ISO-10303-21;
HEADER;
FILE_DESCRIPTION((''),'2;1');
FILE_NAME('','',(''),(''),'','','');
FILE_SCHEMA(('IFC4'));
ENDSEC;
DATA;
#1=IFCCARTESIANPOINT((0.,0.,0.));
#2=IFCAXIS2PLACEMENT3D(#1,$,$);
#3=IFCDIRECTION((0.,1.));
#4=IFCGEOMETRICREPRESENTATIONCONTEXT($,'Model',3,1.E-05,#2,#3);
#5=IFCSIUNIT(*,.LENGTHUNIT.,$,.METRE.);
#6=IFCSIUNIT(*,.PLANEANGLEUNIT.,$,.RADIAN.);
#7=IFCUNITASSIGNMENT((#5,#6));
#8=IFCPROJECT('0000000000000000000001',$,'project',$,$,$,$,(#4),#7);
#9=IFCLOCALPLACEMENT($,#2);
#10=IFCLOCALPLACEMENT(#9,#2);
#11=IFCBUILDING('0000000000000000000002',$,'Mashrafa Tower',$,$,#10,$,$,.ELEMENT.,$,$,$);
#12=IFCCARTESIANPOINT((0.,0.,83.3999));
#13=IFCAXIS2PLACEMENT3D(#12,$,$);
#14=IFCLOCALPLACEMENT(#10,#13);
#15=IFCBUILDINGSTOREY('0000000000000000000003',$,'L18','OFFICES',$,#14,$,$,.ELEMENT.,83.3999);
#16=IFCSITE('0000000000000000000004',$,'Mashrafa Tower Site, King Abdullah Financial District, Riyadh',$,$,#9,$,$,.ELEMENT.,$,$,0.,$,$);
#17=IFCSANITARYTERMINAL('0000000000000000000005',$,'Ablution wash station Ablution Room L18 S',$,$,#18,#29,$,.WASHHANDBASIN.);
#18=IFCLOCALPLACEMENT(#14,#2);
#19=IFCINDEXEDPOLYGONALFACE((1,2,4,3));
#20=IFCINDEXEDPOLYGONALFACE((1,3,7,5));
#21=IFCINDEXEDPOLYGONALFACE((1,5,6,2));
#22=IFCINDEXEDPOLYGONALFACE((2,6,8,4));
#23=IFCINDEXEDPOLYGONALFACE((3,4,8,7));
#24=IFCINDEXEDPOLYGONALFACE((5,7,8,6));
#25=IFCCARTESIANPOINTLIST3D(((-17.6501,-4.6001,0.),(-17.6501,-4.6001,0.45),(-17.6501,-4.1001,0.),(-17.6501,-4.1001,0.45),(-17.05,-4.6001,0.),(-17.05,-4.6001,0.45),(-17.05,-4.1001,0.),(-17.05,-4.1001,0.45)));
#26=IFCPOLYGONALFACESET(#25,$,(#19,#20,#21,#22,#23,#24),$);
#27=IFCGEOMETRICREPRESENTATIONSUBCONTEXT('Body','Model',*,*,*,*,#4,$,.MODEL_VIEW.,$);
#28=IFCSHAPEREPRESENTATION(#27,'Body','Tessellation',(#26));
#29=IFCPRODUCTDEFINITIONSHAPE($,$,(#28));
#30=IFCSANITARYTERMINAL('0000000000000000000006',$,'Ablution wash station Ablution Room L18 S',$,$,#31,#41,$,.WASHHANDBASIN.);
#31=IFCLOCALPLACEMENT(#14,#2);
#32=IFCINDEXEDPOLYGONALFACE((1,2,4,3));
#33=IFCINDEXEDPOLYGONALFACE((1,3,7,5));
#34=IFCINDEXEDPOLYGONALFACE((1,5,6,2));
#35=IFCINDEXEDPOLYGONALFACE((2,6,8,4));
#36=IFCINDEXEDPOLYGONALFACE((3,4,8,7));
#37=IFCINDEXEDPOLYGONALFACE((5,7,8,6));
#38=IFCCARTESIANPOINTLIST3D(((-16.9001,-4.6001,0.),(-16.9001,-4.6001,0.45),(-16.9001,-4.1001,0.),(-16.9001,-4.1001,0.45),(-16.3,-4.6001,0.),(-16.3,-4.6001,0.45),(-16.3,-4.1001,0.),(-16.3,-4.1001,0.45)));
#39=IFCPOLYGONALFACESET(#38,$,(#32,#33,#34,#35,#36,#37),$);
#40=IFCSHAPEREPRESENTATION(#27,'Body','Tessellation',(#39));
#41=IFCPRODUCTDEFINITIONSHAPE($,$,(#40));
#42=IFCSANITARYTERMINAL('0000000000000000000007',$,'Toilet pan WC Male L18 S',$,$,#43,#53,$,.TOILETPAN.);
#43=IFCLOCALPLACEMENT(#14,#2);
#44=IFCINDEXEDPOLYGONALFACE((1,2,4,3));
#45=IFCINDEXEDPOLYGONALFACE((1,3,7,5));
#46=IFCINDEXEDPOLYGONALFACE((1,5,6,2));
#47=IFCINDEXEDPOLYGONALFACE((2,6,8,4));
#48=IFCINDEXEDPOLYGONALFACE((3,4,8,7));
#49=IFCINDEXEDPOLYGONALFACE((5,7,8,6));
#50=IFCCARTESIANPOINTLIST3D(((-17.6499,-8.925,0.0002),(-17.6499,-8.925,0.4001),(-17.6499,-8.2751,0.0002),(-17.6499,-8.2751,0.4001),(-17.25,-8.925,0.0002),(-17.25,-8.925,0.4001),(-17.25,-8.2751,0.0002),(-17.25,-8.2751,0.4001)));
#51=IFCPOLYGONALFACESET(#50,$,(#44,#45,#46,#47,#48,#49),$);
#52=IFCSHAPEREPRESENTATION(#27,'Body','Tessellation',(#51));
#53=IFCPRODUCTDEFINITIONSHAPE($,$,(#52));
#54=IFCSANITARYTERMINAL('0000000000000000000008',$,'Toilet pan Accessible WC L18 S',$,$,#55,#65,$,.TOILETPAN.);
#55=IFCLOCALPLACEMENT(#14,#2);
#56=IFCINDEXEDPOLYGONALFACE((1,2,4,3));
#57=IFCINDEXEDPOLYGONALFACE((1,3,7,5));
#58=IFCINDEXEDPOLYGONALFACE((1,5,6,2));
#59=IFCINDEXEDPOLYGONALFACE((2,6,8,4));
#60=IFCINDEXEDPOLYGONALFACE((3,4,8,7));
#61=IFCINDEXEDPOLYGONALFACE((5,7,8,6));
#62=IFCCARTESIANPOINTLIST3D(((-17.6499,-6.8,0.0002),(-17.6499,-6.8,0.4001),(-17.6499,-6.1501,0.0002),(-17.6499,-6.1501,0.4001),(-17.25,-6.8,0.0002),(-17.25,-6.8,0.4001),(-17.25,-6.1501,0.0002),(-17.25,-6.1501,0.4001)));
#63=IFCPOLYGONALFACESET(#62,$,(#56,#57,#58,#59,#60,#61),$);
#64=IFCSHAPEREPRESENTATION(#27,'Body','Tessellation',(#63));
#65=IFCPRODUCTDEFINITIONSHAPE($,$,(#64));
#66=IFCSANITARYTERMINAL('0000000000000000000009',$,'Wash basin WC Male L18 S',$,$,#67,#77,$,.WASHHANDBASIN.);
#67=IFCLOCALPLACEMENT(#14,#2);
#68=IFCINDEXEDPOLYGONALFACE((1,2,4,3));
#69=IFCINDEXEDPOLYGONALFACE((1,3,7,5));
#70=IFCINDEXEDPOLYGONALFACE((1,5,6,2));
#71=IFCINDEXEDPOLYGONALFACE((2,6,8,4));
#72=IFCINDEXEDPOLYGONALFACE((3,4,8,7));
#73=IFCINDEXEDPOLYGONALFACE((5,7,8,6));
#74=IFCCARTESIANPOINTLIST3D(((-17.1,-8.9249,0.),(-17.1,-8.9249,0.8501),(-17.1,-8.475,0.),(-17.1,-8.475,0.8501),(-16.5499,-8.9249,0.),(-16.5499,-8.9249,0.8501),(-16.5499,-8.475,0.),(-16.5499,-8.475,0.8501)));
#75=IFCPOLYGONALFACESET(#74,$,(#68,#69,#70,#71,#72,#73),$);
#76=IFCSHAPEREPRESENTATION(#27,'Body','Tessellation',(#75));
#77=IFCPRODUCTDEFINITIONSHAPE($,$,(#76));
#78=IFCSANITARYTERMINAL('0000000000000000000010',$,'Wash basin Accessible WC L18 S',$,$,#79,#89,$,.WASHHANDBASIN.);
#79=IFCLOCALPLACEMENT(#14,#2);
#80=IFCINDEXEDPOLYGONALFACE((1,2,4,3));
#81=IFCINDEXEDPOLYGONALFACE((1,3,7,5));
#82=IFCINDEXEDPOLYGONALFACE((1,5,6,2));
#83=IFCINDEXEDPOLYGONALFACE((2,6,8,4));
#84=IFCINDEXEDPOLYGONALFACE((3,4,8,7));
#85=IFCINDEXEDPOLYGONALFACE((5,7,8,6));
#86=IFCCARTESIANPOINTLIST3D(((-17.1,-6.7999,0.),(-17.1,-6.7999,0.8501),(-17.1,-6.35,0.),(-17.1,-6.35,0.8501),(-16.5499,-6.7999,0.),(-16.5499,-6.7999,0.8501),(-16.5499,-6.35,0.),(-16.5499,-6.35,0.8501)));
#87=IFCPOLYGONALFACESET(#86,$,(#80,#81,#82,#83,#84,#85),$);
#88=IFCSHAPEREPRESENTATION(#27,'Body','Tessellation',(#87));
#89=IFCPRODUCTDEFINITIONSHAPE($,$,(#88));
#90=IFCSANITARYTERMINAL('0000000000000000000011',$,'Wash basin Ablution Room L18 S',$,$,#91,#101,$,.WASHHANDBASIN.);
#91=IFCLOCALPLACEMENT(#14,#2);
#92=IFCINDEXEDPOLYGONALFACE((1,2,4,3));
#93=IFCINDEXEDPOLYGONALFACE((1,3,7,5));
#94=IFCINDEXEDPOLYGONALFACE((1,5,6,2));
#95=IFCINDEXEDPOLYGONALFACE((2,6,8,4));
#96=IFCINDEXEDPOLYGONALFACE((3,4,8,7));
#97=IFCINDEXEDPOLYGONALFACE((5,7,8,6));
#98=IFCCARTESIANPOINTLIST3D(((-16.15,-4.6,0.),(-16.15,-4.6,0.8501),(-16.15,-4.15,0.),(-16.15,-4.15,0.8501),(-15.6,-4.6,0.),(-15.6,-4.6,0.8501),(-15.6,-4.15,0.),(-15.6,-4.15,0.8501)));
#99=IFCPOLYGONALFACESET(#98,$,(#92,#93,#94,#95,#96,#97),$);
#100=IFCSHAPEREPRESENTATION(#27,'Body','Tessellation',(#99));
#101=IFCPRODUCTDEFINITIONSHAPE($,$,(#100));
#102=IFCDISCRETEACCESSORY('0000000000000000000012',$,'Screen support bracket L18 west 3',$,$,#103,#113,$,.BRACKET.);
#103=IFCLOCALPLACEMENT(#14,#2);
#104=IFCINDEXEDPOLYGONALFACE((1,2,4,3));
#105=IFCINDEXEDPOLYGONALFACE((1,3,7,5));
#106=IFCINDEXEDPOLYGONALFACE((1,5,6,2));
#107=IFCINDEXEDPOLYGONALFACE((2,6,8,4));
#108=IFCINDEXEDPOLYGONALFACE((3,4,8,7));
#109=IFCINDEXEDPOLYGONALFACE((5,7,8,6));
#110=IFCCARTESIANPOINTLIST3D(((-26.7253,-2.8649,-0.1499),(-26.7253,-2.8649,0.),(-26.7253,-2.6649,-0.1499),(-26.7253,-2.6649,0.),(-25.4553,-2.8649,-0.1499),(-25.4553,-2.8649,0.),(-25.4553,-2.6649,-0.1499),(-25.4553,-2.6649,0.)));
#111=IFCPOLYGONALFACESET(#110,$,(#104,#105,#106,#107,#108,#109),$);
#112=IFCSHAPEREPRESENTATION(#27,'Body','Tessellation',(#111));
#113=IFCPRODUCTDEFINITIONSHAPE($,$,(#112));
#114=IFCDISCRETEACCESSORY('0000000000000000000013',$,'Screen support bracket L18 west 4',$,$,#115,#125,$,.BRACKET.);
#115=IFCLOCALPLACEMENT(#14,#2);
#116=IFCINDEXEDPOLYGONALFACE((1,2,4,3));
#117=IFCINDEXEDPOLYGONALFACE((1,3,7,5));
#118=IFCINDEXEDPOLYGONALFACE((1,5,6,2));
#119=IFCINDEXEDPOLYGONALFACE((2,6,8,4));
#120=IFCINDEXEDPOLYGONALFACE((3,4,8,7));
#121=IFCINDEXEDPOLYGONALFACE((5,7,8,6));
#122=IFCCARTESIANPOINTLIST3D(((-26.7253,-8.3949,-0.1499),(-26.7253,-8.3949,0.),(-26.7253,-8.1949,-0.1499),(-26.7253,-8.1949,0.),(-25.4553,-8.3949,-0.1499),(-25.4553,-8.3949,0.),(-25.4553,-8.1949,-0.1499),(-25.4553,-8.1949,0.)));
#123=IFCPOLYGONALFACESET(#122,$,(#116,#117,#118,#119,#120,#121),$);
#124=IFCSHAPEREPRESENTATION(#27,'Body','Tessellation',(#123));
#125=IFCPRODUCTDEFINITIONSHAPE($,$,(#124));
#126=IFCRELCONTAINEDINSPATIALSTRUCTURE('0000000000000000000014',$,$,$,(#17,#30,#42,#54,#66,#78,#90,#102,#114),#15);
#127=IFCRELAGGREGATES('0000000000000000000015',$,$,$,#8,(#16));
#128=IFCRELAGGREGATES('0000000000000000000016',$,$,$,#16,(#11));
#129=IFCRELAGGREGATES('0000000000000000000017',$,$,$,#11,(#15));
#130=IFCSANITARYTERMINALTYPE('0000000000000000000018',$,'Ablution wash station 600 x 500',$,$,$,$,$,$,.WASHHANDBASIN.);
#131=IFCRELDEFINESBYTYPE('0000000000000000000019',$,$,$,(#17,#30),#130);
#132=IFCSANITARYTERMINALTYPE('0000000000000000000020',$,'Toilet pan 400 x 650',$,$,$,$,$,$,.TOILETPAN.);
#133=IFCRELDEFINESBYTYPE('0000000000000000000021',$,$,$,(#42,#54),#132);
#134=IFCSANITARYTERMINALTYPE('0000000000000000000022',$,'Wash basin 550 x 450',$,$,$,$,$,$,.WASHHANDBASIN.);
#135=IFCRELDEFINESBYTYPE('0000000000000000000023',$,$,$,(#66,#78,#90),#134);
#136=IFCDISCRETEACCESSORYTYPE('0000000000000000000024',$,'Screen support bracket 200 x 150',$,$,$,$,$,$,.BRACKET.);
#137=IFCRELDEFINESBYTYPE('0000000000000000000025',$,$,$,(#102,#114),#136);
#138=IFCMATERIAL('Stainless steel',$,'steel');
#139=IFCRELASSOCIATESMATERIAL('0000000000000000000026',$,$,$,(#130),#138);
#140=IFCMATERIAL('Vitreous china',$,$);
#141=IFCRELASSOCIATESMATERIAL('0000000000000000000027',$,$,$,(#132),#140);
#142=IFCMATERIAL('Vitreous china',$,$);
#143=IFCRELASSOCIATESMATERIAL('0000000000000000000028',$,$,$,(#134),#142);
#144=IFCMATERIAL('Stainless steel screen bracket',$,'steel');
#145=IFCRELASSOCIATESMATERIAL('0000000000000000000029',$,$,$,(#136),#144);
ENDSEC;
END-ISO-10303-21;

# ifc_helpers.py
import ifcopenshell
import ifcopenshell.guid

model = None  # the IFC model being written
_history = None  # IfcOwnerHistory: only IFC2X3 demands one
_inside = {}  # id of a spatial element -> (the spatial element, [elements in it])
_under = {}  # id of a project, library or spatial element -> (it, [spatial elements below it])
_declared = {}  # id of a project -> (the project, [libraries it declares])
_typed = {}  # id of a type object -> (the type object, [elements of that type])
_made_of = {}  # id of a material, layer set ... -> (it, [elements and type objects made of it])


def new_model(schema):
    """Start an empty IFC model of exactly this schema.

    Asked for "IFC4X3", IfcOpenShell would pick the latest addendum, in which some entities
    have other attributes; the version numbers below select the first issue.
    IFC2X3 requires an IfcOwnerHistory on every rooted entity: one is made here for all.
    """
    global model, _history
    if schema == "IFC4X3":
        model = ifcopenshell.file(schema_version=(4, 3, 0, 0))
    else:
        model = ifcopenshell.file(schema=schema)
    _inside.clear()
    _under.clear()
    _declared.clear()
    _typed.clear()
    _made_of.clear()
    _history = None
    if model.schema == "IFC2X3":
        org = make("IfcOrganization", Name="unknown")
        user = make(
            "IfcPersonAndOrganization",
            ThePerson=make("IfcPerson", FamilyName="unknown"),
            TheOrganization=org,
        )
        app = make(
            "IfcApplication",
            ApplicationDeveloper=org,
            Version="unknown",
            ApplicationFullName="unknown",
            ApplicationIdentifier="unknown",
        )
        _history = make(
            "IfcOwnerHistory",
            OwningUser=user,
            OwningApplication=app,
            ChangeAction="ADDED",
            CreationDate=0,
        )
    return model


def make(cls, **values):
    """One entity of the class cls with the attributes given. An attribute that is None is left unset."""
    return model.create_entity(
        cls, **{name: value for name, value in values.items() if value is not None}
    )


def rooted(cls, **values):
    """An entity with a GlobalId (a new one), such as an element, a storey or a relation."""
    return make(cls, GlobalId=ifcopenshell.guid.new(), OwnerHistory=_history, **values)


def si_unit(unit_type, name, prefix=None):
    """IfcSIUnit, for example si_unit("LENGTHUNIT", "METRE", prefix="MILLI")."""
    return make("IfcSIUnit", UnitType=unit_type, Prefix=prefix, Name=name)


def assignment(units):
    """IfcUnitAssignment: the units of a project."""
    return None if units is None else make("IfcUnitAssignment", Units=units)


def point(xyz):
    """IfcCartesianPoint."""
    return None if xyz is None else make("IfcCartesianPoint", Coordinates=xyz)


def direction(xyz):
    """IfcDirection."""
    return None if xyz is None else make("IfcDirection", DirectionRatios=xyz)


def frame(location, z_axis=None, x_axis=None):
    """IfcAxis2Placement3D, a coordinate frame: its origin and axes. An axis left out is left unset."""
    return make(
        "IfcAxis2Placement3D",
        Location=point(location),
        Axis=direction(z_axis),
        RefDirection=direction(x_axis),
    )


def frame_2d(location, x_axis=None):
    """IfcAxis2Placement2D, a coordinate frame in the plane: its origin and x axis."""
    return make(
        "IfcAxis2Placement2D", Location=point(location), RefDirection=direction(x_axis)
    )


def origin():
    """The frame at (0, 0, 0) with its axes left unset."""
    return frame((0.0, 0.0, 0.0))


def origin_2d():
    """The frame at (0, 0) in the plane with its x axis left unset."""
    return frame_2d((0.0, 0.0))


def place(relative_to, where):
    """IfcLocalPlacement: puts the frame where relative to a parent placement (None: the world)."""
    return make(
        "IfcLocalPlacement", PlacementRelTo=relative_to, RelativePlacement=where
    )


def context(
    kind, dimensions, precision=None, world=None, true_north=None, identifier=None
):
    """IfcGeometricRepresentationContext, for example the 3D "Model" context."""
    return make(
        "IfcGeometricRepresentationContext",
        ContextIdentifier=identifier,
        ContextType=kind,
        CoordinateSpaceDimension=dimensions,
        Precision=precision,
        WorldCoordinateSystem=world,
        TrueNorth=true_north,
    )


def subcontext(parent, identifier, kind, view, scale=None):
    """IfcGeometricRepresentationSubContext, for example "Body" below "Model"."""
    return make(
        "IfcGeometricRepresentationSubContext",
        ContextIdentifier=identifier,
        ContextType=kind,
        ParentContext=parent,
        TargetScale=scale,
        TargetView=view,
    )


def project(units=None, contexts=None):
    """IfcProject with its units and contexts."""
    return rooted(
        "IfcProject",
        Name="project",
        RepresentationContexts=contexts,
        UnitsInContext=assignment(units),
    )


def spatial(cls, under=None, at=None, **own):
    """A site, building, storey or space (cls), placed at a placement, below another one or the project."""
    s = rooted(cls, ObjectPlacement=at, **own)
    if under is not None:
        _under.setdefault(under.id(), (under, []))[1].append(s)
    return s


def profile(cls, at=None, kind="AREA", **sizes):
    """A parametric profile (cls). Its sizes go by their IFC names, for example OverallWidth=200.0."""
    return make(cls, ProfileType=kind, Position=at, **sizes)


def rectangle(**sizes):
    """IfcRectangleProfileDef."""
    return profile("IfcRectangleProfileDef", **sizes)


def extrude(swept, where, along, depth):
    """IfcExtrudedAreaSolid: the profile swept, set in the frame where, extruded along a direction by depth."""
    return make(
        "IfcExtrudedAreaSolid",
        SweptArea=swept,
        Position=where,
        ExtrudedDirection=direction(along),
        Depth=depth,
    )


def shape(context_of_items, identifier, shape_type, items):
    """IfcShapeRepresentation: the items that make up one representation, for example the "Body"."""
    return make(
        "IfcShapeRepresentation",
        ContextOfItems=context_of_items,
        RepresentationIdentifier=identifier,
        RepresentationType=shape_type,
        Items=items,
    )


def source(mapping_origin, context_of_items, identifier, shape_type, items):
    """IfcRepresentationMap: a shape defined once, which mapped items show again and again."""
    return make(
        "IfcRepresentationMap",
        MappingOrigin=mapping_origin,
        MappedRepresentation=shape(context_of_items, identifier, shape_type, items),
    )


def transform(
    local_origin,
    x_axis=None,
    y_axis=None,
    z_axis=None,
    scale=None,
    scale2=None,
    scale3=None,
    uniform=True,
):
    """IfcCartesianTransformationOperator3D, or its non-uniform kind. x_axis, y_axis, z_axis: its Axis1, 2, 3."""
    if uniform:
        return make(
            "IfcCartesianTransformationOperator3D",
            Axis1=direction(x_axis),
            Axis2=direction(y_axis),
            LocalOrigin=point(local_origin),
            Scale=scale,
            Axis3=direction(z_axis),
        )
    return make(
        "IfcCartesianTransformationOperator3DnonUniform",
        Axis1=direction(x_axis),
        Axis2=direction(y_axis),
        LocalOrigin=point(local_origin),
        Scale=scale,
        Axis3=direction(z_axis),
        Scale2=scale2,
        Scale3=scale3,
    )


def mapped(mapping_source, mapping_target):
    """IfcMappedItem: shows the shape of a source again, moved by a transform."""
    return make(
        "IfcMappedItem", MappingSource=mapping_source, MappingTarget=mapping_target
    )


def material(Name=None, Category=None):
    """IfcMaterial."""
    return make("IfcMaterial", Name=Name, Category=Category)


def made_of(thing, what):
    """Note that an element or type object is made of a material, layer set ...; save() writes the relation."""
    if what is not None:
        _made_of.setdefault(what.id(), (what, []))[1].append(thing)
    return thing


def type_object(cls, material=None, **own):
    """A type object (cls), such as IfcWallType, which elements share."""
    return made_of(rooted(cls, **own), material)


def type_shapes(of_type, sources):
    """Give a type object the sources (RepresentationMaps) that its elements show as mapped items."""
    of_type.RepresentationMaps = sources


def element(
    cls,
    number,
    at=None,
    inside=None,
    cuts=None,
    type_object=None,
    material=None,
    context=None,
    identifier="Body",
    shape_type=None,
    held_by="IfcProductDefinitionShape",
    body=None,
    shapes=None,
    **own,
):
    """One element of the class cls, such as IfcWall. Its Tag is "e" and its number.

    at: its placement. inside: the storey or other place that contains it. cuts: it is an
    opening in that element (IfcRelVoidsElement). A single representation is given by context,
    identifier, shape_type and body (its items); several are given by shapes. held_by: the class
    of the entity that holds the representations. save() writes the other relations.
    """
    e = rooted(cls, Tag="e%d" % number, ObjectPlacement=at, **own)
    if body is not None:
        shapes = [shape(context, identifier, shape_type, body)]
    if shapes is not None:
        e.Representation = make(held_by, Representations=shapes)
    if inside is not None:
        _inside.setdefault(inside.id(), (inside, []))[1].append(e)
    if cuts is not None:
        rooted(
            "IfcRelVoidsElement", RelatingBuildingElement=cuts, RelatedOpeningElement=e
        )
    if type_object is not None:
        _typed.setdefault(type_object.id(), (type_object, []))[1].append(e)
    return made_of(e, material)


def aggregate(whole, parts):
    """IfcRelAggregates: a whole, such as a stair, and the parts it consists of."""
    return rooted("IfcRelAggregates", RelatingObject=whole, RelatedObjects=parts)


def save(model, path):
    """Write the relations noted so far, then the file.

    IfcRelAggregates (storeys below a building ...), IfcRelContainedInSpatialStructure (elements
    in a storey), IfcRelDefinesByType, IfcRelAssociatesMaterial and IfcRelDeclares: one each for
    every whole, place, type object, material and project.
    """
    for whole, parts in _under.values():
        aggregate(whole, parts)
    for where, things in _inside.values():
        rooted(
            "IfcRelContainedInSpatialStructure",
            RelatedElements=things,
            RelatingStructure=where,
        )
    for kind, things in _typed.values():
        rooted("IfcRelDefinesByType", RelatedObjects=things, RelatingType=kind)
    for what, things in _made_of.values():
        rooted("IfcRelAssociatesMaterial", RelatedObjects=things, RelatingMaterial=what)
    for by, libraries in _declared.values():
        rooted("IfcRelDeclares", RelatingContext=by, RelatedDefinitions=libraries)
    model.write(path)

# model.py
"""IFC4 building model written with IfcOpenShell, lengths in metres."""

from ifc_helpers import new_model, si_unit, direction, frame, origin, origin_2d, place, context, subcontext, project, spatial, rectangle, extrude, source, transform, mapped, material, type_object, type_shapes, element, save


model = new_model("IFC4")

# Units and contexts
model_context = context("Model", 3, precision=1e-05, world=origin(), true_north=direction((0.0, 1.0)))
body_context = subcontext(model_context, "Body", "Model", "MODEL_VIEW")
ifc_project = project(units=[si_unit("LENGTHUNIT", "METRE"), si_unit("PLANEANGLEUNIT", "RADIAN")], contexts=[model_context])

# Site, building, storey
site_placement = place(None, origin())
site = spatial("IfcSite", under=ifc_project, at=site_placement, Name="Mashrafa Tower Site, King Abdullah Financial District, Riyadh", CompositionType="ELEMENT", RefElevation=0.0)
building_placement = place(site_placement, origin())
building = spatial("IfcBuilding", under=site, at=building_placement, Name="Mashrafa Tower", CompositionType="ELEMENT")
storey_placement = place(building_placement, frame((0.0, 0.0, 83.3999)))
storey = spatial("IfcBuildingStorey", under=building, at=storey_placement, Name="L18", Description="OFFICES", CompositionType="ELEMENT", Elevation=83.3999)

# Sanitary terminals
ifc_material_1 = material(Name="Stainless steel", Category="steel")
sanitary_terminal_type_1 = type_object("IfcSanitaryTerminalType", Name="Ablution wash station 600 x 500", PredefinedType="WASHHANDBASIN", material=ifc_material_1)
for number, where, z_axis, x_axis, name in (
    (1, (-17.3501, -4.3501, 0.0), (0.0, 0.0, 1.0), (1.0, 0.0, 0.0), "Ablution wash station Ablution Room L18 S"),
    (2, (-16.6001, -4.3501, 0.0), (0.0, 0.0, 1.0), (1.0, 0.0, 0.0), "Ablution wash station Ablution Room L18 S"),
):
    element("IfcSanitaryTerminal", number, at=place(storey_placement, frame(where, z_axis=z_axis, x_axis=x_axis)), inside=storey, type_object=sanitary_terminal_type_1, Name=name, PredefinedType="WASHHANDBASIN", context=body_context, shape_type="SweptSolid", body=[
        extrude(rectangle(XDim=0.6001, YDim=0.5, at=origin_2d()), origin(), (0.0, 0.0, 1.0), 0.45),
    ])
ifc_material_2 = material(Name="Vitreous china")
sanitary_terminal_type_2 = type_object("IfcSanitaryTerminalType", Name="Toilet pan 400 x 650", PredefinedType="TOILETPAN", material=ifc_material_2)
for number, where, z_axis, x_axis, name in (
    (3, (-17.45, -8.6001, 0.0002), (0.0, 0.0, 1.0), (1.0, 0.0, 0.0), "Toilet pan WC Male L18 S"),
    (4, (-17.45, -6.4751, 0.0002), (0.0, 0.0, 1.0), (1.0, 0.0, 0.0), "Toilet pan Accessible WC L18 S"),
):
    element("IfcSanitaryTerminal", number, at=place(storey_placement, frame(where, z_axis=z_axis, x_axis=x_axis)), inside=storey, type_object=sanitary_terminal_type_2, Name=name, PredefinedType="TOILETPAN", context=body_context, shape_type="SweptSolid", body=[
        extrude(rectangle(XDim=0.3999, YDim=0.6499, at=origin_2d()), origin(), (0.0, 0.0, 1.0), 0.3999),
    ])
ifc_material_3 = material(Name="Vitreous china")
sanitary_terminal_type_3 = type_object("IfcSanitaryTerminalType", Name="Wash basin 550 x 450", PredefinedType="WASHHANDBASIN", material=ifc_material_3)
for number, where, z_axis, x_axis, name in (
    (5, (-16.825, -8.7, 0.0), (0.0, 0.0, 1.0), (1.0, 0.0, 0.0), "Wash basin WC Male L18 S"),
    (6, (-16.825, -6.575, 0.0), (0.0, 0.0, 1.0), (1.0, 0.0, 0.0), "Wash basin Accessible WC L18 S"),
    (7, (-15.875, -4.375, 0.0), (0.0, 0.0, 1.0), (1.0, 0.0, 0.0), "Wash basin Ablution Room L18 S"),
):
    element("IfcSanitaryTerminal", number, at=place(storey_placement, frame(where, z_axis=z_axis, x_axis=x_axis)), inside=storey, type_object=sanitary_terminal_type_3, Name=name, PredefinedType="WASHHANDBASIN", context=body_context, shape_type="SweptSolid", body=[
        extrude(rectangle(XDim=0.55, YDim=0.45, at=origin_2d()), origin(), (0.0, 0.0, 1.0), 0.8501),
    ])

# Discrete accessories
ifc_material_4 = material(Name="Stainless steel screen bracket", Category="steel")
discrete_accessory_type = type_object("IfcDiscreteAccessoryType", Name="Screen support bracket 200 x 150", PredefinedType="BRACKET", material=ifc_material_4)
shared_shape_1 = source(origin(), body_context, "Body", "SweptSolid", [
    extrude(rectangle(XDim=0.2, YDim=1.27, at=origin_2d()), origin(), (0.0, 0.0, 1.0), 0.1499),
])
type_shapes(discrete_accessory_type, [shared_shape_1])
for number, where, z_axis, x_axis, name in (
    (8, (-26.0903, -2.7649, -0.1499), (0.0, 0.0, 1.0), (0.0, -1.0, 0.0), "Screen support bracket L18 west 3"),
    (9, (-26.0903, -8.2949, -0.1499), (0.0, 0.0, 1.0), (0.0, -1.0, 0.0), "Screen support bracket L18 west 4"),
):
    element("IfcDiscreteAccessory", number, at=place(storey_placement, frame(where, z_axis=z_axis, x_axis=x_axis)), inside=storey, type_object=discrete_accessory_type, Name=name, PredefinedType="BRACKET", context=body_context, shape_type="MappedRepresentation", body=[
        mapped(shared_shape_1, transform((0.0, 0.0, 0.0))),
    ])

save(model, "model.ifc")
